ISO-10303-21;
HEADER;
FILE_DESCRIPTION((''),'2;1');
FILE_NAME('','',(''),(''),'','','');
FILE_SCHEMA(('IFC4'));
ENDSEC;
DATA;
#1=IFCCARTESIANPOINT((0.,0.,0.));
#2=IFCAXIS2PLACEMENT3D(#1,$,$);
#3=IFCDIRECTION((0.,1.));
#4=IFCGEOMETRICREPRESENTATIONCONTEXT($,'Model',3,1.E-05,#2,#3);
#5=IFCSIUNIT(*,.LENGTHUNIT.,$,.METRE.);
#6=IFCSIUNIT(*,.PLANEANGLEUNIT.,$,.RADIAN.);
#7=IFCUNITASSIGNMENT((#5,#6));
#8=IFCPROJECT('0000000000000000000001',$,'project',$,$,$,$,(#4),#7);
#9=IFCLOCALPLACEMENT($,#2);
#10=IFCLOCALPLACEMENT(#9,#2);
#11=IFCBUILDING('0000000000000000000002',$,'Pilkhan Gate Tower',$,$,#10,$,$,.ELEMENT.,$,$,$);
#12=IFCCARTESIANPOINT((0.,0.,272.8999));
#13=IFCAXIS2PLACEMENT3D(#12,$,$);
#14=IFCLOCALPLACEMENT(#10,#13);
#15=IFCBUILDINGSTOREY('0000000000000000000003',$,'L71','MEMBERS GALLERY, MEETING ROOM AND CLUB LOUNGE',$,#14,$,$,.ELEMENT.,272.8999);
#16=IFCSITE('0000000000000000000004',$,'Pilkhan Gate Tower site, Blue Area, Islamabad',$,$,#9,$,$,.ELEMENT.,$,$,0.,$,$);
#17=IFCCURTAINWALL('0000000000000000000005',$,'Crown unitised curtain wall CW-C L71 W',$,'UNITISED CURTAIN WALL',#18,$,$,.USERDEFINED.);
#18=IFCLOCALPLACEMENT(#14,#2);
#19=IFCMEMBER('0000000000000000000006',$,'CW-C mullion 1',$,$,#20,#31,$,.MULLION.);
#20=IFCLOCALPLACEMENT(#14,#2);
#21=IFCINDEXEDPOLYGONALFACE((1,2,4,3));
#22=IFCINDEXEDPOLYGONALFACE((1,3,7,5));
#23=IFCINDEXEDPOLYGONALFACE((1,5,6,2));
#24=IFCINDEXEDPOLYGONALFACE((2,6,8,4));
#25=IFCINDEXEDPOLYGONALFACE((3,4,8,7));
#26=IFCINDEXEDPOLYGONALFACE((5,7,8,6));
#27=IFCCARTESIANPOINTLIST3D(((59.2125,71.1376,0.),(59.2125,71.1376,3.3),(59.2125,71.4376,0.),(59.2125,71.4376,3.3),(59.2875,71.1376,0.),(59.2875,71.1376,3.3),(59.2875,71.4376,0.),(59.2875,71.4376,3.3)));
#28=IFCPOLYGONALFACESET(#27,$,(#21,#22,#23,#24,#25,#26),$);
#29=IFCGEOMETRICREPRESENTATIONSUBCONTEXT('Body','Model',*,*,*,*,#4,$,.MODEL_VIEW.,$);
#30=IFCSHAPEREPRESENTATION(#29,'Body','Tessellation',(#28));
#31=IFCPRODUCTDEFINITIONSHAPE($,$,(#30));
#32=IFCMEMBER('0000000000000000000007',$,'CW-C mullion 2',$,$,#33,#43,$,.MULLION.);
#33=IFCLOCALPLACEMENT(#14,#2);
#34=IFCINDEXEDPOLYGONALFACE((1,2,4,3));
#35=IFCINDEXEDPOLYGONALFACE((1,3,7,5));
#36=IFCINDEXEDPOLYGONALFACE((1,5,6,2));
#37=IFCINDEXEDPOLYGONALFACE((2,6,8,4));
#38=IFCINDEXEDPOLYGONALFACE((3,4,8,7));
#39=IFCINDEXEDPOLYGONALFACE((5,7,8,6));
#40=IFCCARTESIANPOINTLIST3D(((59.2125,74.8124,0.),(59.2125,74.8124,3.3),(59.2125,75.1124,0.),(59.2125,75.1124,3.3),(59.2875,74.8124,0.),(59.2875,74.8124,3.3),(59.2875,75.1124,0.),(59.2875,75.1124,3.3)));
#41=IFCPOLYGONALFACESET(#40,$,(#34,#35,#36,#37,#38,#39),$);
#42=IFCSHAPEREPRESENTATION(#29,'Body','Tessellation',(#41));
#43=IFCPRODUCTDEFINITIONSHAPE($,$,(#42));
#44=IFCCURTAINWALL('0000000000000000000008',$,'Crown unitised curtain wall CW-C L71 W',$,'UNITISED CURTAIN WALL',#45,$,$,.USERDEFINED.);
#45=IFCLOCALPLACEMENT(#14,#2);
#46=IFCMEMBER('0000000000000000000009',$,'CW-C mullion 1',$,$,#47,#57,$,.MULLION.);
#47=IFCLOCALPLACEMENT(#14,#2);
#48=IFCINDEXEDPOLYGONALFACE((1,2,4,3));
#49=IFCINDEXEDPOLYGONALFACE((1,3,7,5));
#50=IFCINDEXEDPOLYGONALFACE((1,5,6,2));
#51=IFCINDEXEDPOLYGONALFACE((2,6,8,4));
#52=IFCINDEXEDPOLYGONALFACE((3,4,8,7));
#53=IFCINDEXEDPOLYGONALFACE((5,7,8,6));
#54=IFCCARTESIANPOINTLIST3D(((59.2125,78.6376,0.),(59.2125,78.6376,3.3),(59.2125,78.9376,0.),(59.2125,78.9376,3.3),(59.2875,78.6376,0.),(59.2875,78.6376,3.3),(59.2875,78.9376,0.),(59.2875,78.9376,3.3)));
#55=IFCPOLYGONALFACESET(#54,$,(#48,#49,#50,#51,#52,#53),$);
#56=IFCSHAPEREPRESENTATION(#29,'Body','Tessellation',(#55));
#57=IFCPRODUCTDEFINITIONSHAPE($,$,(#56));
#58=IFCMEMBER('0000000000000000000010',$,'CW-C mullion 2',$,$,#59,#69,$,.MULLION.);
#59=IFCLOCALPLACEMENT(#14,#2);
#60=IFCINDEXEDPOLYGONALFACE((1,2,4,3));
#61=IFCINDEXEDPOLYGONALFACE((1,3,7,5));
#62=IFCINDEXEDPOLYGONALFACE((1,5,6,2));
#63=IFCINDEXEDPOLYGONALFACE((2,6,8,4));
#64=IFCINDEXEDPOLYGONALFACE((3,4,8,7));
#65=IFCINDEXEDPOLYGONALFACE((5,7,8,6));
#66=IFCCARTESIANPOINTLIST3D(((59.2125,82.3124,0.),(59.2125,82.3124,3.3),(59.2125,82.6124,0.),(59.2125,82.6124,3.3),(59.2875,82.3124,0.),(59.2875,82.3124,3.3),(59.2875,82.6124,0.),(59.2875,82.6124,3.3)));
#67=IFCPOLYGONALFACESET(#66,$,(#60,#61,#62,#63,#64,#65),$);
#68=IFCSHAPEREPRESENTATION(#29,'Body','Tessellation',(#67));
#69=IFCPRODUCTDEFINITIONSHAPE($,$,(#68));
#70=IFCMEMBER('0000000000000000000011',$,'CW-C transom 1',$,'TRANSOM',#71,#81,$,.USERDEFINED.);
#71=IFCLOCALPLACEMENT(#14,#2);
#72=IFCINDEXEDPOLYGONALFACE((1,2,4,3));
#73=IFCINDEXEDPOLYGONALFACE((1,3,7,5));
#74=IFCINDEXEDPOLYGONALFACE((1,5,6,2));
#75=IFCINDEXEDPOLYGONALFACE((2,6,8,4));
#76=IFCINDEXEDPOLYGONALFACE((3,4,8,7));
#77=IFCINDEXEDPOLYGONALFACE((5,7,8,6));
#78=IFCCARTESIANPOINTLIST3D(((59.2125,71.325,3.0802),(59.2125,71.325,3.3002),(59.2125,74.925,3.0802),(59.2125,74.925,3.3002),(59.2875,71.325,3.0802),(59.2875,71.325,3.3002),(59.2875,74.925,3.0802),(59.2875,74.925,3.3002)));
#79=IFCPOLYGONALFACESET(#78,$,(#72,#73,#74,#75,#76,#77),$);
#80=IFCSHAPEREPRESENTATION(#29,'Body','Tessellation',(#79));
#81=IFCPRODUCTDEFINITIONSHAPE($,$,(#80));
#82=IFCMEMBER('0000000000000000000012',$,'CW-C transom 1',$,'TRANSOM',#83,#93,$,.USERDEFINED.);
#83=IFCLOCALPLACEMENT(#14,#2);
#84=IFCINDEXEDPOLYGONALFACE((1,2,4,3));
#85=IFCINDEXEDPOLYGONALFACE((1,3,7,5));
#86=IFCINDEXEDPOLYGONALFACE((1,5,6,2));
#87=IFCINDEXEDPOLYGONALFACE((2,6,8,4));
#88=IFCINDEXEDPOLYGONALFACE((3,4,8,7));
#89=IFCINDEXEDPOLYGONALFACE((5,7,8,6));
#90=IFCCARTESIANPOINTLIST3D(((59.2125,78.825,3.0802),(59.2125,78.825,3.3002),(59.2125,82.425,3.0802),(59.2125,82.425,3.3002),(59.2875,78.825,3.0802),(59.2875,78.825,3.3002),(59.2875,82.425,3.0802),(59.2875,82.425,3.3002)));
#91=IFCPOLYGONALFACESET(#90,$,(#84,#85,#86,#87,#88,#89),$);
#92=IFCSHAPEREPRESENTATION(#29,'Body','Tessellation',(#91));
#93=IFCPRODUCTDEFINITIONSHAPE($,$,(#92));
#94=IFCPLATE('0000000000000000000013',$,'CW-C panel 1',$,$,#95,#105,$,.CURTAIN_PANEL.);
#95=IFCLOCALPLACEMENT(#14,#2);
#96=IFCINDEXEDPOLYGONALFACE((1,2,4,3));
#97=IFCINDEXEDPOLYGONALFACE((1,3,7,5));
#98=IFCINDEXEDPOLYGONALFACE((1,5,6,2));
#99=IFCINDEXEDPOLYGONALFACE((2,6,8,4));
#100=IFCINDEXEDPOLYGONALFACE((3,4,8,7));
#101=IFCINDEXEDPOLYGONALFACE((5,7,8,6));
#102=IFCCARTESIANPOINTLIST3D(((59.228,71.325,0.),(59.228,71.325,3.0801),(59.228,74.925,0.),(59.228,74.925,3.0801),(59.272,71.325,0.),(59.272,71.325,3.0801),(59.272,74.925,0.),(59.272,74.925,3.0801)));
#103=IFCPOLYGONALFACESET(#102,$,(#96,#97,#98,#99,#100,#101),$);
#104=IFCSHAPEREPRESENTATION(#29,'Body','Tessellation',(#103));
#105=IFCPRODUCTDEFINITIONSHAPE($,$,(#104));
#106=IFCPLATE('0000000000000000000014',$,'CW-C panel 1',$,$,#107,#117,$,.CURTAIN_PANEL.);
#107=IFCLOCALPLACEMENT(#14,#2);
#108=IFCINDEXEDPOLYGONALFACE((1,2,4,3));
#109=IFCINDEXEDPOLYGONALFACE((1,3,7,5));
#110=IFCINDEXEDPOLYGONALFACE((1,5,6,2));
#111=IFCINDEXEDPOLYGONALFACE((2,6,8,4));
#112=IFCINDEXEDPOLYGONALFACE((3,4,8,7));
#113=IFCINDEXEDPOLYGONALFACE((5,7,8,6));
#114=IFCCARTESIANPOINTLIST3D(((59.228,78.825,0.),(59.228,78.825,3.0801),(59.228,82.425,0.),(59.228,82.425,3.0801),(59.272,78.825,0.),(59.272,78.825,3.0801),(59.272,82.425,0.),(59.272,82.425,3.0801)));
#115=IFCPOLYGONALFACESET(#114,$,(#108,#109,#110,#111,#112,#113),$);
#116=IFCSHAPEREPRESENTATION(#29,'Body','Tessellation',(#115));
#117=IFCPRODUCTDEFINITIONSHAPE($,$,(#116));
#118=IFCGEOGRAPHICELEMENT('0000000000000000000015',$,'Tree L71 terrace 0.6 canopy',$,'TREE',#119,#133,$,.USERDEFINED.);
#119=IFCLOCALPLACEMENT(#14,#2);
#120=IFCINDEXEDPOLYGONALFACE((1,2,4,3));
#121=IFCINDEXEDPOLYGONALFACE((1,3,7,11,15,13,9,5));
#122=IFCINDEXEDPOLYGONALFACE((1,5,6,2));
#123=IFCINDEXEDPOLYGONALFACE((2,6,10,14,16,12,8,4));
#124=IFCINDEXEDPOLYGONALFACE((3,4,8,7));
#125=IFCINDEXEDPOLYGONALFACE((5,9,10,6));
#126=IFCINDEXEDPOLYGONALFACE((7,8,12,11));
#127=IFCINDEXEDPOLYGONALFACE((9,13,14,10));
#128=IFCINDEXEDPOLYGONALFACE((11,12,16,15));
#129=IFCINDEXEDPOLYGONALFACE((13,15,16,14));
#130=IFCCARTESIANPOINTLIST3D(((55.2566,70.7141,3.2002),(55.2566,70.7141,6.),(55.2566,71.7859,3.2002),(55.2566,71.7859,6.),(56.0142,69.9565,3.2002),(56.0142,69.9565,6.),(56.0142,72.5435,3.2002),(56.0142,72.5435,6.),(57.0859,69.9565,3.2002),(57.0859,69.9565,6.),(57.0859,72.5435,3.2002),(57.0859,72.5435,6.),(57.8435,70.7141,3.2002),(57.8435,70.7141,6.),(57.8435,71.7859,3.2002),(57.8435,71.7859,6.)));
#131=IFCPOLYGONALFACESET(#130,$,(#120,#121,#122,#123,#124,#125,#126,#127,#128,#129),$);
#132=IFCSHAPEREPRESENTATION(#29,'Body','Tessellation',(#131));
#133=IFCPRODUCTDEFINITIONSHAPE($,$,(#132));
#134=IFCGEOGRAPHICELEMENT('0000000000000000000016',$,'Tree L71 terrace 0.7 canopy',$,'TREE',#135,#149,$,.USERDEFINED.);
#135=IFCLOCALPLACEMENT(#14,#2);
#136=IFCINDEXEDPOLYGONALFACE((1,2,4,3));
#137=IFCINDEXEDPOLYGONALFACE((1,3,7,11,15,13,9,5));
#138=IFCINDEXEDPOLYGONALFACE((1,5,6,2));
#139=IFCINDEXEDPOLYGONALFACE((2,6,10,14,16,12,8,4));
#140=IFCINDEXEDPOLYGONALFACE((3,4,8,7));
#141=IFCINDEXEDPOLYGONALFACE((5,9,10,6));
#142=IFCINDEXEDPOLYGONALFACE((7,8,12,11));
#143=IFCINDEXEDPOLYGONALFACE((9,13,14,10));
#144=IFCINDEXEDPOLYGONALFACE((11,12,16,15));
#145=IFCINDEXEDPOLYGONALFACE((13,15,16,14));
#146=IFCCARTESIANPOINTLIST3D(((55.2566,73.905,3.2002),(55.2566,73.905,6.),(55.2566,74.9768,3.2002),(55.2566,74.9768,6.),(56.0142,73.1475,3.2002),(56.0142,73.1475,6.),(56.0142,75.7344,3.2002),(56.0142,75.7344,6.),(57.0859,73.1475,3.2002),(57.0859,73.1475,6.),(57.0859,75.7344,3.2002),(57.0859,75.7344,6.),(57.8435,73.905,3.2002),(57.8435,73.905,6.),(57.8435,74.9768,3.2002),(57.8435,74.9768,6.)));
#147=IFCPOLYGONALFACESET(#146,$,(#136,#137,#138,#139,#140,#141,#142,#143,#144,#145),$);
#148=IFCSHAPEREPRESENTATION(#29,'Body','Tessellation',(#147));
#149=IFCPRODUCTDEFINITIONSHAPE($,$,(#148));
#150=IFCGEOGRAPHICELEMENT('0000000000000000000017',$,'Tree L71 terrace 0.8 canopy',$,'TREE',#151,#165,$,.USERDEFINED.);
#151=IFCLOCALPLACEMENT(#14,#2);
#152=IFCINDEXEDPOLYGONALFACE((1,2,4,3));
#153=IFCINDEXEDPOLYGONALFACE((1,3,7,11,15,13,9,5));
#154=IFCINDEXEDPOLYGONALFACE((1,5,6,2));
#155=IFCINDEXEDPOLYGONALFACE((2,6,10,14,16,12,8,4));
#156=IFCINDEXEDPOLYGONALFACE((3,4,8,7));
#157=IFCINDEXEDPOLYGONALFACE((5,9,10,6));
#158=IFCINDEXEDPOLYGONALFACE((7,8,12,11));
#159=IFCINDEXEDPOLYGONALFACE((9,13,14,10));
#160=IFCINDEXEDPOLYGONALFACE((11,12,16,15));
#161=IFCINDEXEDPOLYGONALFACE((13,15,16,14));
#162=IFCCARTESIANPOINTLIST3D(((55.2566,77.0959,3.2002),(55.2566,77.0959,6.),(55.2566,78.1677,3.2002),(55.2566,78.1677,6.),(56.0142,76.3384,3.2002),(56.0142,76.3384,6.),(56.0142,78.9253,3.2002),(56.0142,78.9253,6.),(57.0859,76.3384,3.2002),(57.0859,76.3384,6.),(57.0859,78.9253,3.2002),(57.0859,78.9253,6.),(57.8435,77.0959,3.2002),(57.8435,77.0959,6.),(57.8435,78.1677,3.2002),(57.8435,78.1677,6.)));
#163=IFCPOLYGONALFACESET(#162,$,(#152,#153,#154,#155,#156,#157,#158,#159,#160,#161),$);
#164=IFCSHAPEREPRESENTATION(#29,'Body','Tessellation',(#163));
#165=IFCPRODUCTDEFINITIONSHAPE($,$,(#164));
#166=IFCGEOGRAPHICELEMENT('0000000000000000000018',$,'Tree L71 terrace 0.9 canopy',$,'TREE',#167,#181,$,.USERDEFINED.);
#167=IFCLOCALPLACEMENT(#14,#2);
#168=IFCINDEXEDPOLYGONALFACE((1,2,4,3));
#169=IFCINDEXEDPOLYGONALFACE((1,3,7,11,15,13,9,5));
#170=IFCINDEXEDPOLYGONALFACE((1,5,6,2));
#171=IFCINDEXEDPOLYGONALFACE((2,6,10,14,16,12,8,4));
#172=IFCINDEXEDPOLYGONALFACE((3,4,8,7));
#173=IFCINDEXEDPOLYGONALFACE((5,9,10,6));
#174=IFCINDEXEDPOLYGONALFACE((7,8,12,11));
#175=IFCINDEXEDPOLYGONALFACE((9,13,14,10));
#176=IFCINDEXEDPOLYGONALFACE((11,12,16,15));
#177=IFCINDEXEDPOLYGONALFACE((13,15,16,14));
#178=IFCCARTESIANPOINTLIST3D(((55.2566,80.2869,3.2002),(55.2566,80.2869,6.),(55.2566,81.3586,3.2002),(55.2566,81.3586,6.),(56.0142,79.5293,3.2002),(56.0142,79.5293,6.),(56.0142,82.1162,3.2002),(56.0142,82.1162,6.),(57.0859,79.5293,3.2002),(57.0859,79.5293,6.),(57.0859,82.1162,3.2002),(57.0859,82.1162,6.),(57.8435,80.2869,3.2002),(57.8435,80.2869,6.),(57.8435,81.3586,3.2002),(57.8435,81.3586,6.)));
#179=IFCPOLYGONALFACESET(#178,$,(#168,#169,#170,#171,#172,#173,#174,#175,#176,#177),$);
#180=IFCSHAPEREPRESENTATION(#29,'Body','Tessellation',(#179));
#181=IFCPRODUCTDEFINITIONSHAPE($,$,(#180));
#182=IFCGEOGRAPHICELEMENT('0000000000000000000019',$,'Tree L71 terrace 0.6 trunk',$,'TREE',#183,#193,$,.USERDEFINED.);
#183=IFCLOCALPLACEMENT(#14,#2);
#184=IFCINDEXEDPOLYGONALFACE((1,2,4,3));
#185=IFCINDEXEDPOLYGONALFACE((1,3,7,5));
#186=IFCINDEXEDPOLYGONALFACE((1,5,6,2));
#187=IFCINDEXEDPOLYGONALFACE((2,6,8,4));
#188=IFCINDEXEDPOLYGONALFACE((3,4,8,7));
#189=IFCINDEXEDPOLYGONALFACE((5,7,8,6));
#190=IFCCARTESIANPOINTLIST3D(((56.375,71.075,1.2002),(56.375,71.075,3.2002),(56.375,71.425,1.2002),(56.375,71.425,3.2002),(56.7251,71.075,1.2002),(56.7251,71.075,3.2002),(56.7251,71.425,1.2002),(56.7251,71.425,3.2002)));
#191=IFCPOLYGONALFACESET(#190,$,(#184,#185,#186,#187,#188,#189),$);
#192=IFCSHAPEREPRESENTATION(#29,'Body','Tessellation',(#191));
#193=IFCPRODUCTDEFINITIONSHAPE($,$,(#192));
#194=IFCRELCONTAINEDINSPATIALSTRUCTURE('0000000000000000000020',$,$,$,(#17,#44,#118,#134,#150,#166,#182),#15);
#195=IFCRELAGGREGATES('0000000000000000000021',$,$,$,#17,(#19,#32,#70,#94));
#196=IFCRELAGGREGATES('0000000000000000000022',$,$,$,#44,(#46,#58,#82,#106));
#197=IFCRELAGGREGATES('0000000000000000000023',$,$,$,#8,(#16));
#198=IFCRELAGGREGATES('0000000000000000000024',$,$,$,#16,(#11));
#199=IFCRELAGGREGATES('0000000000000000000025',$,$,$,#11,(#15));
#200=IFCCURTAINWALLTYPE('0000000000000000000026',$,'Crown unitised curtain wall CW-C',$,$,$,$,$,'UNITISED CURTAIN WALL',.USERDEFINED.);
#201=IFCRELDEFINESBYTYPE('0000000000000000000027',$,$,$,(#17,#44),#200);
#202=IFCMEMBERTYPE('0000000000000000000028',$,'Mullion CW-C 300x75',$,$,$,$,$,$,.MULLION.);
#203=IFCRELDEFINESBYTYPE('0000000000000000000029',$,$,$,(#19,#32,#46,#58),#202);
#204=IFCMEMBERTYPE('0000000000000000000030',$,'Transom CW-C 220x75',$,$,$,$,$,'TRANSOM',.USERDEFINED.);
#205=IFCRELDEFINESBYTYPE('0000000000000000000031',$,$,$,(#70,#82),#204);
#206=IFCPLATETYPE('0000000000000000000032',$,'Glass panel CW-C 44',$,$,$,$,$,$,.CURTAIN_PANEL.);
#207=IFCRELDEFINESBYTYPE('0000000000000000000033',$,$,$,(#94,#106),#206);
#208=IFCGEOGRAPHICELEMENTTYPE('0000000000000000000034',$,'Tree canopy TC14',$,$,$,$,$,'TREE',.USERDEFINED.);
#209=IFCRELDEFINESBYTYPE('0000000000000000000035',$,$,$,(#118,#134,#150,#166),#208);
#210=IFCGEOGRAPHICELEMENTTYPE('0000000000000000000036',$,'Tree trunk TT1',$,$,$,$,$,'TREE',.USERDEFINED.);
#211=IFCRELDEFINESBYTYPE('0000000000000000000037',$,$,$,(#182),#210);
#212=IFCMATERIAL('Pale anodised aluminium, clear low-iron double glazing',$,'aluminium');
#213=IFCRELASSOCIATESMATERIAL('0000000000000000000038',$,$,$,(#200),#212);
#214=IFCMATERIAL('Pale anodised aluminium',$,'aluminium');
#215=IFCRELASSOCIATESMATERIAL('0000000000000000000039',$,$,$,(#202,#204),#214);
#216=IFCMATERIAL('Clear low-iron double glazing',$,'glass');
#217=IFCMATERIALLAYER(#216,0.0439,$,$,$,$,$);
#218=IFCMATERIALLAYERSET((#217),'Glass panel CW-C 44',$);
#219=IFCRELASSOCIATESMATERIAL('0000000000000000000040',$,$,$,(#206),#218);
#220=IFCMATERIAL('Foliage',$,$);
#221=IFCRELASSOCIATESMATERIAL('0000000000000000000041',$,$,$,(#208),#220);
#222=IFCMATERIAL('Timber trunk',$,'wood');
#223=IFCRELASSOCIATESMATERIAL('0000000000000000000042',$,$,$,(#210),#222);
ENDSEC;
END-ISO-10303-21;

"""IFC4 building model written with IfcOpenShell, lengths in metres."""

from ifc_helpers import new_model, si_unit, direction, frame, origin, origin_2d, place, context, subcontext, project, spatial, polyline, rectangle, outline, extrude, material, layer, layer_set, material_profile, profile_set, type_object, element, aggregate, save


model = new_model("IFC4")

# Units and contexts
model_context = context("Model", 3, precision=1e-05, world=origin(), true_north=direction((0.0, 1.0)))
body_context = subcontext(model_context, "Body", "Model", "MODEL_VIEW")
ifc_project = project(units=[si_unit("LENGTHUNIT", "METRE"), si_unit("PLANEANGLEUNIT", "RADIAN")], contexts=[model_context])

# Site, building, storey
site_placement = place(None, origin())
site = spatial("IfcSite", under=ifc_project, at=site_placement, Name="Pilkhan Gate Tower site, Blue Area, Islamabad", CompositionType="ELEMENT", RefElevation=0.0)
building_placement = place(site_placement, origin())
building = spatial("IfcBuilding", under=site, at=building_placement, Name="Pilkhan Gate Tower", CompositionType="ELEMENT")
storey_placement = place(building_placement, frame((0.0, 0.0, 272.8999)))
storey = spatial("IfcBuildingStorey", under=building, at=storey_placement, Name="L71", Description="MEMBERS GALLERY, MEETING ROOM AND CLUB LOUNGE", CompositionType="ELEMENT", Elevation=272.8999)

# Curtain walls, members
ifc_material_1 = material(Name="Pale anodised aluminium, clear low-iron double glazing", Category="aluminium")
curtain_wall_type = type_object("IfcCurtainWallType", Name="Crown unitised curtain wall CW-C", ElementType="UNITISED CURTAIN WALL", PredefinedType="USERDEFINED", material=ifc_material_1)
curtain_wall_1_placement = place(storey_placement, origin())
curtain_wall_1 = element("IfcCurtainWall", 1, at=curtain_wall_1_placement, inside=storey, type_object=curtain_wall_type, Name="Crown unitised curtain wall CW-C L71 W", ObjectType="UNITISED CURTAIN WALL", PredefinedType="USERDEFINED")
ifc_material_2 = material(Name="Pale anodised aluminium", Category="aluminium")
ifc_material_profile_1 = material_profile(ifc_material_2, rectangle(XDim=0.075, YDim=0.3, at=origin_2d()), Name="Mullion 300x75")
ifc_profile_set_1 = profile_set([ifc_material_profile_1], Name="Pale anodised aluminium")
member_type_1 = type_object("IfcMemberType", Name="Mullion CW-C 300x75", PredefinedType="MULLION", material=ifc_profile_set_1)
member_1_placement = place(storey_placement, frame((59.25, 71.2876, 0.0), z_axis=(0.0, 0.0, 1.0), x_axis=(-1.0, 0.0, 0.0)))
member_1 = element("IfcMember", 2, at=member_1_placement, type_object=member_type_1, Name="CW-C mullion 1", PredefinedType="MULLION", context=body_context, shape_type="SweptSolid", body=[
    extrude(rectangle(XDim=0.075, YDim=0.3, at=origin_2d()), origin(), (0.0, 0.0, 1.0), 3.3),
])
member_2_placement = place(storey_placement, frame((59.25, 74.9624, 0.0), z_axis=(0.0, 0.0, 1.0), x_axis=(-1.0, 0.0, 0.0)))
member_2 = element("IfcMember", 3, at=member_2_placement, type_object=member_type_1, Name="CW-C mullion 2", PredefinedType="MULLION", context=body_context, shape_type="SweptSolid", body=[
    extrude(rectangle(XDim=0.075, YDim=0.3, at=origin_2d()), origin(), (0.0, 0.0, 1.0), 3.3),
])
curtain_wall_2_placement = place(storey_placement, origin())
curtain_wall_2 = element("IfcCurtainWall", 4, at=curtain_wall_2_placement, inside=storey, type_object=curtain_wall_type, Name="Crown unitised curtain wall CW-C L71 W", ObjectType="UNITISED CURTAIN WALL", PredefinedType="USERDEFINED")
member_3_placement = place(storey_placement, frame((59.25, 78.7876, 0.0), z_axis=(0.0, 0.0, 1.0), x_axis=(-1.0, 0.0, 0.0)))
member_3 = element("IfcMember", 5, at=member_3_placement, type_object=member_type_1, Name="CW-C mullion 1", PredefinedType="MULLION", context=body_context, shape_type="SweptSolid", body=[
    extrude(rectangle(XDim=0.075, YDim=0.3, at=origin_2d()), origin(), (0.0, 0.0, 1.0), 3.3),
])
member_4_placement = place(storey_placement, frame((59.25, 82.4624, 0.0), z_axis=(0.0, 0.0, 1.0), x_axis=(-1.0, 0.0, 0.0)))
member_4 = element("IfcMember", 6, at=member_4_placement, type_object=member_type_1, Name="CW-C mullion 2", PredefinedType="MULLION", context=body_context, shape_type="SweptSolid", body=[
    extrude(rectangle(XDim=0.075, YDim=0.3, at=origin_2d()), origin(), (0.0, 0.0, 1.0), 3.3),
])

# Members
ifc_material_profile_2 = material_profile(ifc_material_2, rectangle(XDim=0.075, YDim=0.22, at=origin_2d()), Name="Transom 220x75")
ifc_profile_set_2 = profile_set([ifc_material_profile_2], Name="Pale anodised aluminium")
member_type_2 = type_object("IfcMemberType", Name="Transom CW-C 220x75", ElementType="TRANSOM", PredefinedType="USERDEFINED", material=ifc_profile_set_2)
member_5_placement = place(storey_placement, frame((59.25, 71.325, 3.1902), z_axis=(0.0, 1.0, 0.0), x_axis=(-1.0, 0.0, 0.0)))
member_5 = element("IfcMember", 7, at=member_5_placement, type_object=member_type_2, Name="CW-C transom 1", ObjectType="TRANSOM", PredefinedType="USERDEFINED", context=body_context, shape_type="SweptSolid", body=[
    extrude(rectangle(XDim=0.075, YDim=0.22, at=origin_2d()), origin(), (0.0, 0.0, 1.0), 3.6001),
])
member_6_placement = place(storey_placement, frame((59.25, 78.825, 3.1902), z_axis=(0.0, 1.0, 0.0), x_axis=(-1.0, 0.0, 0.0)))
member_6 = element("IfcMember", 8, at=member_6_placement, type_object=member_type_2, Name="CW-C transom 1", ObjectType="TRANSOM", PredefinedType="USERDEFINED", context=body_context, shape_type="SweptSolid", body=[
    extrude(rectangle(XDim=0.075, YDim=0.22, at=origin_2d()), origin(), (0.0, 0.0, 1.0), 3.6001),
])

# Plates
ifc_material_3 = material(Name="Clear low-iron double glazing", Category="glass")
ifc_layer_1 = layer(ifc_material_3, 0.0439)
ifc_layer_set_1 = layer_set([ifc_layer_1], Name="Glass panel CW-C 44")
plate_type = type_object("IfcPlateType", Name="Glass panel CW-C 44", PredefinedType="CURTAIN_PANEL", material=ifc_layer_set_1)
plate_1_placement = place(storey_placement, frame((59.25, 73.125, 0.0), z_axis=(0.0, 0.0, 1.0), x_axis=(0.0, 1.0, 0.0)))
plate_1 = element("IfcPlate", 9, at=plate_1_placement, type_object=plate_type, Name="CW-C panel 1", PredefinedType="CURTAIN_PANEL", context=body_context, shape_type="SweptSolid", body=[
    extrude(rectangle(XDim=3.6001, YDim=0.0439, at=origin_2d()), origin(), (0.0, 0.0, 1.0), 3.0801),
])
aggregate(curtain_wall_1, [member_1, member_2, member_5, plate_1])
plate_2_placement = place(storey_placement, frame((59.25, 80.625, 0.0), z_axis=(0.0, 0.0, 1.0), x_axis=(0.0, 1.0, 0.0)))
plate_2 = element("IfcPlate", 10, at=plate_2_placement, type_object=plate_type, Name="CW-C panel 1", PredefinedType="CURTAIN_PANEL", context=body_context, shape_type="SweptSolid", body=[
    extrude(rectangle(XDim=3.6001, YDim=0.0439, at=origin_2d()), origin(), (0.0, 0.0, 1.0), 3.0801),
])
aggregate(curtain_wall_2, [member_3, member_4, member_6, plate_2])

# Geographic elements
ifc_material_4 = material(Name="Foliage")
ifc_material_profile_3 = material_profile(ifc_material_4, outline(polyline([(1.2935, 0.5359), (0.5359, 1.2935), (-0.5359, 1.2935), (-1.2935, 0.5359), (-1.2935, -0.5359), (-0.5359, -1.2935), (0.5359, -1.2935), (1.2935, -0.5359), (1.2935, 0.5359)])), Name="Canopy D2.8")
ifc_profile_set_3 = profile_set([ifc_material_profile_3], Name="Foliage")
geographic_element_type_1 = type_object("IfcGeographicElementType", Name="Tree canopy TC14", ElementType="TREE", PredefinedType="USERDEFINED", material=ifc_profile_set_3)
for number, where, z_axis, x_axis, name in (
    (11, (56.55, 71.25, 3.2002), (0.0, 0.0, 1.0), (1.0, 0.0, 0.0), "Tree L71 terrace 0.6 canopy"),
    (12, (56.55, 74.4409, 3.2002), (0.0, 0.0, 1.0), (1.0, 0.0, 0.0), "Tree L71 terrace 0.7 canopy"),
    (13, (56.55, 77.6318, 3.2002), (0.0, 0.0, 1.0), (1.0, 0.0, 0.0), "Tree L71 terrace 0.8 canopy"),
    (14, (56.55, 80.8228, 3.2002), (0.0, 0.0, 1.0), (1.0, 0.0, 0.0), "Tree L71 terrace 0.9 canopy"),
):
    element("IfcGeographicElement", number, at=place(storey_placement, frame(where, z_axis=z_axis, x_axis=x_axis)), inside=storey, type_object=geographic_element_type_1, Name=name, ObjectType="TREE", PredefinedType="USERDEFINED", context=body_context, shape_type="SweptSolid", body=[
        extrude(outline(polyline([(1.2935, 0.5359), (0.5359, 1.2935), (-0.5359, 1.2935), (-1.2935, 0.5359), (-1.2935, -0.5359), (-0.5359, -1.2935), (0.5359, -1.2935), (1.2935, -0.5359), (1.2935, 0.5359)])), origin(), (0.0, 0.0, 1.0), 2.7998),
    ])
ifc_material_5 = material(Name="Timber trunk", Category="wood")
geographic_element_type_2 = type_object("IfcGeographicElementType", Name="Tree trunk TT1", ElementType="TREE", PredefinedType="USERDEFINED", material=ifc_material_5)
for number, where, z_axis, x_axis, name in (
    (15, (56.55, 71.25, 1.2002), (0.0, 0.0, 1.0), (1.0, 0.0, 0.0), "Tree L71 terrace 0.6 trunk"),
):
    element("IfcGeographicElement", number, at=place(storey_placement, frame(where, z_axis=z_axis, x_axis=x_axis)), inside=storey, type_object=geographic_element_type_2, Name=name, ObjectType="TREE", PredefinedType="USERDEFINED", context=body_context, shape_type="SweptSolid", body=[
        extrude(rectangle(XDim=0.3501, YDim=0.3501, at=origin_2d()), origin(), (0.0, 0.0, 1.0), 2.0),
    ])

save(model, "model.ifc")
